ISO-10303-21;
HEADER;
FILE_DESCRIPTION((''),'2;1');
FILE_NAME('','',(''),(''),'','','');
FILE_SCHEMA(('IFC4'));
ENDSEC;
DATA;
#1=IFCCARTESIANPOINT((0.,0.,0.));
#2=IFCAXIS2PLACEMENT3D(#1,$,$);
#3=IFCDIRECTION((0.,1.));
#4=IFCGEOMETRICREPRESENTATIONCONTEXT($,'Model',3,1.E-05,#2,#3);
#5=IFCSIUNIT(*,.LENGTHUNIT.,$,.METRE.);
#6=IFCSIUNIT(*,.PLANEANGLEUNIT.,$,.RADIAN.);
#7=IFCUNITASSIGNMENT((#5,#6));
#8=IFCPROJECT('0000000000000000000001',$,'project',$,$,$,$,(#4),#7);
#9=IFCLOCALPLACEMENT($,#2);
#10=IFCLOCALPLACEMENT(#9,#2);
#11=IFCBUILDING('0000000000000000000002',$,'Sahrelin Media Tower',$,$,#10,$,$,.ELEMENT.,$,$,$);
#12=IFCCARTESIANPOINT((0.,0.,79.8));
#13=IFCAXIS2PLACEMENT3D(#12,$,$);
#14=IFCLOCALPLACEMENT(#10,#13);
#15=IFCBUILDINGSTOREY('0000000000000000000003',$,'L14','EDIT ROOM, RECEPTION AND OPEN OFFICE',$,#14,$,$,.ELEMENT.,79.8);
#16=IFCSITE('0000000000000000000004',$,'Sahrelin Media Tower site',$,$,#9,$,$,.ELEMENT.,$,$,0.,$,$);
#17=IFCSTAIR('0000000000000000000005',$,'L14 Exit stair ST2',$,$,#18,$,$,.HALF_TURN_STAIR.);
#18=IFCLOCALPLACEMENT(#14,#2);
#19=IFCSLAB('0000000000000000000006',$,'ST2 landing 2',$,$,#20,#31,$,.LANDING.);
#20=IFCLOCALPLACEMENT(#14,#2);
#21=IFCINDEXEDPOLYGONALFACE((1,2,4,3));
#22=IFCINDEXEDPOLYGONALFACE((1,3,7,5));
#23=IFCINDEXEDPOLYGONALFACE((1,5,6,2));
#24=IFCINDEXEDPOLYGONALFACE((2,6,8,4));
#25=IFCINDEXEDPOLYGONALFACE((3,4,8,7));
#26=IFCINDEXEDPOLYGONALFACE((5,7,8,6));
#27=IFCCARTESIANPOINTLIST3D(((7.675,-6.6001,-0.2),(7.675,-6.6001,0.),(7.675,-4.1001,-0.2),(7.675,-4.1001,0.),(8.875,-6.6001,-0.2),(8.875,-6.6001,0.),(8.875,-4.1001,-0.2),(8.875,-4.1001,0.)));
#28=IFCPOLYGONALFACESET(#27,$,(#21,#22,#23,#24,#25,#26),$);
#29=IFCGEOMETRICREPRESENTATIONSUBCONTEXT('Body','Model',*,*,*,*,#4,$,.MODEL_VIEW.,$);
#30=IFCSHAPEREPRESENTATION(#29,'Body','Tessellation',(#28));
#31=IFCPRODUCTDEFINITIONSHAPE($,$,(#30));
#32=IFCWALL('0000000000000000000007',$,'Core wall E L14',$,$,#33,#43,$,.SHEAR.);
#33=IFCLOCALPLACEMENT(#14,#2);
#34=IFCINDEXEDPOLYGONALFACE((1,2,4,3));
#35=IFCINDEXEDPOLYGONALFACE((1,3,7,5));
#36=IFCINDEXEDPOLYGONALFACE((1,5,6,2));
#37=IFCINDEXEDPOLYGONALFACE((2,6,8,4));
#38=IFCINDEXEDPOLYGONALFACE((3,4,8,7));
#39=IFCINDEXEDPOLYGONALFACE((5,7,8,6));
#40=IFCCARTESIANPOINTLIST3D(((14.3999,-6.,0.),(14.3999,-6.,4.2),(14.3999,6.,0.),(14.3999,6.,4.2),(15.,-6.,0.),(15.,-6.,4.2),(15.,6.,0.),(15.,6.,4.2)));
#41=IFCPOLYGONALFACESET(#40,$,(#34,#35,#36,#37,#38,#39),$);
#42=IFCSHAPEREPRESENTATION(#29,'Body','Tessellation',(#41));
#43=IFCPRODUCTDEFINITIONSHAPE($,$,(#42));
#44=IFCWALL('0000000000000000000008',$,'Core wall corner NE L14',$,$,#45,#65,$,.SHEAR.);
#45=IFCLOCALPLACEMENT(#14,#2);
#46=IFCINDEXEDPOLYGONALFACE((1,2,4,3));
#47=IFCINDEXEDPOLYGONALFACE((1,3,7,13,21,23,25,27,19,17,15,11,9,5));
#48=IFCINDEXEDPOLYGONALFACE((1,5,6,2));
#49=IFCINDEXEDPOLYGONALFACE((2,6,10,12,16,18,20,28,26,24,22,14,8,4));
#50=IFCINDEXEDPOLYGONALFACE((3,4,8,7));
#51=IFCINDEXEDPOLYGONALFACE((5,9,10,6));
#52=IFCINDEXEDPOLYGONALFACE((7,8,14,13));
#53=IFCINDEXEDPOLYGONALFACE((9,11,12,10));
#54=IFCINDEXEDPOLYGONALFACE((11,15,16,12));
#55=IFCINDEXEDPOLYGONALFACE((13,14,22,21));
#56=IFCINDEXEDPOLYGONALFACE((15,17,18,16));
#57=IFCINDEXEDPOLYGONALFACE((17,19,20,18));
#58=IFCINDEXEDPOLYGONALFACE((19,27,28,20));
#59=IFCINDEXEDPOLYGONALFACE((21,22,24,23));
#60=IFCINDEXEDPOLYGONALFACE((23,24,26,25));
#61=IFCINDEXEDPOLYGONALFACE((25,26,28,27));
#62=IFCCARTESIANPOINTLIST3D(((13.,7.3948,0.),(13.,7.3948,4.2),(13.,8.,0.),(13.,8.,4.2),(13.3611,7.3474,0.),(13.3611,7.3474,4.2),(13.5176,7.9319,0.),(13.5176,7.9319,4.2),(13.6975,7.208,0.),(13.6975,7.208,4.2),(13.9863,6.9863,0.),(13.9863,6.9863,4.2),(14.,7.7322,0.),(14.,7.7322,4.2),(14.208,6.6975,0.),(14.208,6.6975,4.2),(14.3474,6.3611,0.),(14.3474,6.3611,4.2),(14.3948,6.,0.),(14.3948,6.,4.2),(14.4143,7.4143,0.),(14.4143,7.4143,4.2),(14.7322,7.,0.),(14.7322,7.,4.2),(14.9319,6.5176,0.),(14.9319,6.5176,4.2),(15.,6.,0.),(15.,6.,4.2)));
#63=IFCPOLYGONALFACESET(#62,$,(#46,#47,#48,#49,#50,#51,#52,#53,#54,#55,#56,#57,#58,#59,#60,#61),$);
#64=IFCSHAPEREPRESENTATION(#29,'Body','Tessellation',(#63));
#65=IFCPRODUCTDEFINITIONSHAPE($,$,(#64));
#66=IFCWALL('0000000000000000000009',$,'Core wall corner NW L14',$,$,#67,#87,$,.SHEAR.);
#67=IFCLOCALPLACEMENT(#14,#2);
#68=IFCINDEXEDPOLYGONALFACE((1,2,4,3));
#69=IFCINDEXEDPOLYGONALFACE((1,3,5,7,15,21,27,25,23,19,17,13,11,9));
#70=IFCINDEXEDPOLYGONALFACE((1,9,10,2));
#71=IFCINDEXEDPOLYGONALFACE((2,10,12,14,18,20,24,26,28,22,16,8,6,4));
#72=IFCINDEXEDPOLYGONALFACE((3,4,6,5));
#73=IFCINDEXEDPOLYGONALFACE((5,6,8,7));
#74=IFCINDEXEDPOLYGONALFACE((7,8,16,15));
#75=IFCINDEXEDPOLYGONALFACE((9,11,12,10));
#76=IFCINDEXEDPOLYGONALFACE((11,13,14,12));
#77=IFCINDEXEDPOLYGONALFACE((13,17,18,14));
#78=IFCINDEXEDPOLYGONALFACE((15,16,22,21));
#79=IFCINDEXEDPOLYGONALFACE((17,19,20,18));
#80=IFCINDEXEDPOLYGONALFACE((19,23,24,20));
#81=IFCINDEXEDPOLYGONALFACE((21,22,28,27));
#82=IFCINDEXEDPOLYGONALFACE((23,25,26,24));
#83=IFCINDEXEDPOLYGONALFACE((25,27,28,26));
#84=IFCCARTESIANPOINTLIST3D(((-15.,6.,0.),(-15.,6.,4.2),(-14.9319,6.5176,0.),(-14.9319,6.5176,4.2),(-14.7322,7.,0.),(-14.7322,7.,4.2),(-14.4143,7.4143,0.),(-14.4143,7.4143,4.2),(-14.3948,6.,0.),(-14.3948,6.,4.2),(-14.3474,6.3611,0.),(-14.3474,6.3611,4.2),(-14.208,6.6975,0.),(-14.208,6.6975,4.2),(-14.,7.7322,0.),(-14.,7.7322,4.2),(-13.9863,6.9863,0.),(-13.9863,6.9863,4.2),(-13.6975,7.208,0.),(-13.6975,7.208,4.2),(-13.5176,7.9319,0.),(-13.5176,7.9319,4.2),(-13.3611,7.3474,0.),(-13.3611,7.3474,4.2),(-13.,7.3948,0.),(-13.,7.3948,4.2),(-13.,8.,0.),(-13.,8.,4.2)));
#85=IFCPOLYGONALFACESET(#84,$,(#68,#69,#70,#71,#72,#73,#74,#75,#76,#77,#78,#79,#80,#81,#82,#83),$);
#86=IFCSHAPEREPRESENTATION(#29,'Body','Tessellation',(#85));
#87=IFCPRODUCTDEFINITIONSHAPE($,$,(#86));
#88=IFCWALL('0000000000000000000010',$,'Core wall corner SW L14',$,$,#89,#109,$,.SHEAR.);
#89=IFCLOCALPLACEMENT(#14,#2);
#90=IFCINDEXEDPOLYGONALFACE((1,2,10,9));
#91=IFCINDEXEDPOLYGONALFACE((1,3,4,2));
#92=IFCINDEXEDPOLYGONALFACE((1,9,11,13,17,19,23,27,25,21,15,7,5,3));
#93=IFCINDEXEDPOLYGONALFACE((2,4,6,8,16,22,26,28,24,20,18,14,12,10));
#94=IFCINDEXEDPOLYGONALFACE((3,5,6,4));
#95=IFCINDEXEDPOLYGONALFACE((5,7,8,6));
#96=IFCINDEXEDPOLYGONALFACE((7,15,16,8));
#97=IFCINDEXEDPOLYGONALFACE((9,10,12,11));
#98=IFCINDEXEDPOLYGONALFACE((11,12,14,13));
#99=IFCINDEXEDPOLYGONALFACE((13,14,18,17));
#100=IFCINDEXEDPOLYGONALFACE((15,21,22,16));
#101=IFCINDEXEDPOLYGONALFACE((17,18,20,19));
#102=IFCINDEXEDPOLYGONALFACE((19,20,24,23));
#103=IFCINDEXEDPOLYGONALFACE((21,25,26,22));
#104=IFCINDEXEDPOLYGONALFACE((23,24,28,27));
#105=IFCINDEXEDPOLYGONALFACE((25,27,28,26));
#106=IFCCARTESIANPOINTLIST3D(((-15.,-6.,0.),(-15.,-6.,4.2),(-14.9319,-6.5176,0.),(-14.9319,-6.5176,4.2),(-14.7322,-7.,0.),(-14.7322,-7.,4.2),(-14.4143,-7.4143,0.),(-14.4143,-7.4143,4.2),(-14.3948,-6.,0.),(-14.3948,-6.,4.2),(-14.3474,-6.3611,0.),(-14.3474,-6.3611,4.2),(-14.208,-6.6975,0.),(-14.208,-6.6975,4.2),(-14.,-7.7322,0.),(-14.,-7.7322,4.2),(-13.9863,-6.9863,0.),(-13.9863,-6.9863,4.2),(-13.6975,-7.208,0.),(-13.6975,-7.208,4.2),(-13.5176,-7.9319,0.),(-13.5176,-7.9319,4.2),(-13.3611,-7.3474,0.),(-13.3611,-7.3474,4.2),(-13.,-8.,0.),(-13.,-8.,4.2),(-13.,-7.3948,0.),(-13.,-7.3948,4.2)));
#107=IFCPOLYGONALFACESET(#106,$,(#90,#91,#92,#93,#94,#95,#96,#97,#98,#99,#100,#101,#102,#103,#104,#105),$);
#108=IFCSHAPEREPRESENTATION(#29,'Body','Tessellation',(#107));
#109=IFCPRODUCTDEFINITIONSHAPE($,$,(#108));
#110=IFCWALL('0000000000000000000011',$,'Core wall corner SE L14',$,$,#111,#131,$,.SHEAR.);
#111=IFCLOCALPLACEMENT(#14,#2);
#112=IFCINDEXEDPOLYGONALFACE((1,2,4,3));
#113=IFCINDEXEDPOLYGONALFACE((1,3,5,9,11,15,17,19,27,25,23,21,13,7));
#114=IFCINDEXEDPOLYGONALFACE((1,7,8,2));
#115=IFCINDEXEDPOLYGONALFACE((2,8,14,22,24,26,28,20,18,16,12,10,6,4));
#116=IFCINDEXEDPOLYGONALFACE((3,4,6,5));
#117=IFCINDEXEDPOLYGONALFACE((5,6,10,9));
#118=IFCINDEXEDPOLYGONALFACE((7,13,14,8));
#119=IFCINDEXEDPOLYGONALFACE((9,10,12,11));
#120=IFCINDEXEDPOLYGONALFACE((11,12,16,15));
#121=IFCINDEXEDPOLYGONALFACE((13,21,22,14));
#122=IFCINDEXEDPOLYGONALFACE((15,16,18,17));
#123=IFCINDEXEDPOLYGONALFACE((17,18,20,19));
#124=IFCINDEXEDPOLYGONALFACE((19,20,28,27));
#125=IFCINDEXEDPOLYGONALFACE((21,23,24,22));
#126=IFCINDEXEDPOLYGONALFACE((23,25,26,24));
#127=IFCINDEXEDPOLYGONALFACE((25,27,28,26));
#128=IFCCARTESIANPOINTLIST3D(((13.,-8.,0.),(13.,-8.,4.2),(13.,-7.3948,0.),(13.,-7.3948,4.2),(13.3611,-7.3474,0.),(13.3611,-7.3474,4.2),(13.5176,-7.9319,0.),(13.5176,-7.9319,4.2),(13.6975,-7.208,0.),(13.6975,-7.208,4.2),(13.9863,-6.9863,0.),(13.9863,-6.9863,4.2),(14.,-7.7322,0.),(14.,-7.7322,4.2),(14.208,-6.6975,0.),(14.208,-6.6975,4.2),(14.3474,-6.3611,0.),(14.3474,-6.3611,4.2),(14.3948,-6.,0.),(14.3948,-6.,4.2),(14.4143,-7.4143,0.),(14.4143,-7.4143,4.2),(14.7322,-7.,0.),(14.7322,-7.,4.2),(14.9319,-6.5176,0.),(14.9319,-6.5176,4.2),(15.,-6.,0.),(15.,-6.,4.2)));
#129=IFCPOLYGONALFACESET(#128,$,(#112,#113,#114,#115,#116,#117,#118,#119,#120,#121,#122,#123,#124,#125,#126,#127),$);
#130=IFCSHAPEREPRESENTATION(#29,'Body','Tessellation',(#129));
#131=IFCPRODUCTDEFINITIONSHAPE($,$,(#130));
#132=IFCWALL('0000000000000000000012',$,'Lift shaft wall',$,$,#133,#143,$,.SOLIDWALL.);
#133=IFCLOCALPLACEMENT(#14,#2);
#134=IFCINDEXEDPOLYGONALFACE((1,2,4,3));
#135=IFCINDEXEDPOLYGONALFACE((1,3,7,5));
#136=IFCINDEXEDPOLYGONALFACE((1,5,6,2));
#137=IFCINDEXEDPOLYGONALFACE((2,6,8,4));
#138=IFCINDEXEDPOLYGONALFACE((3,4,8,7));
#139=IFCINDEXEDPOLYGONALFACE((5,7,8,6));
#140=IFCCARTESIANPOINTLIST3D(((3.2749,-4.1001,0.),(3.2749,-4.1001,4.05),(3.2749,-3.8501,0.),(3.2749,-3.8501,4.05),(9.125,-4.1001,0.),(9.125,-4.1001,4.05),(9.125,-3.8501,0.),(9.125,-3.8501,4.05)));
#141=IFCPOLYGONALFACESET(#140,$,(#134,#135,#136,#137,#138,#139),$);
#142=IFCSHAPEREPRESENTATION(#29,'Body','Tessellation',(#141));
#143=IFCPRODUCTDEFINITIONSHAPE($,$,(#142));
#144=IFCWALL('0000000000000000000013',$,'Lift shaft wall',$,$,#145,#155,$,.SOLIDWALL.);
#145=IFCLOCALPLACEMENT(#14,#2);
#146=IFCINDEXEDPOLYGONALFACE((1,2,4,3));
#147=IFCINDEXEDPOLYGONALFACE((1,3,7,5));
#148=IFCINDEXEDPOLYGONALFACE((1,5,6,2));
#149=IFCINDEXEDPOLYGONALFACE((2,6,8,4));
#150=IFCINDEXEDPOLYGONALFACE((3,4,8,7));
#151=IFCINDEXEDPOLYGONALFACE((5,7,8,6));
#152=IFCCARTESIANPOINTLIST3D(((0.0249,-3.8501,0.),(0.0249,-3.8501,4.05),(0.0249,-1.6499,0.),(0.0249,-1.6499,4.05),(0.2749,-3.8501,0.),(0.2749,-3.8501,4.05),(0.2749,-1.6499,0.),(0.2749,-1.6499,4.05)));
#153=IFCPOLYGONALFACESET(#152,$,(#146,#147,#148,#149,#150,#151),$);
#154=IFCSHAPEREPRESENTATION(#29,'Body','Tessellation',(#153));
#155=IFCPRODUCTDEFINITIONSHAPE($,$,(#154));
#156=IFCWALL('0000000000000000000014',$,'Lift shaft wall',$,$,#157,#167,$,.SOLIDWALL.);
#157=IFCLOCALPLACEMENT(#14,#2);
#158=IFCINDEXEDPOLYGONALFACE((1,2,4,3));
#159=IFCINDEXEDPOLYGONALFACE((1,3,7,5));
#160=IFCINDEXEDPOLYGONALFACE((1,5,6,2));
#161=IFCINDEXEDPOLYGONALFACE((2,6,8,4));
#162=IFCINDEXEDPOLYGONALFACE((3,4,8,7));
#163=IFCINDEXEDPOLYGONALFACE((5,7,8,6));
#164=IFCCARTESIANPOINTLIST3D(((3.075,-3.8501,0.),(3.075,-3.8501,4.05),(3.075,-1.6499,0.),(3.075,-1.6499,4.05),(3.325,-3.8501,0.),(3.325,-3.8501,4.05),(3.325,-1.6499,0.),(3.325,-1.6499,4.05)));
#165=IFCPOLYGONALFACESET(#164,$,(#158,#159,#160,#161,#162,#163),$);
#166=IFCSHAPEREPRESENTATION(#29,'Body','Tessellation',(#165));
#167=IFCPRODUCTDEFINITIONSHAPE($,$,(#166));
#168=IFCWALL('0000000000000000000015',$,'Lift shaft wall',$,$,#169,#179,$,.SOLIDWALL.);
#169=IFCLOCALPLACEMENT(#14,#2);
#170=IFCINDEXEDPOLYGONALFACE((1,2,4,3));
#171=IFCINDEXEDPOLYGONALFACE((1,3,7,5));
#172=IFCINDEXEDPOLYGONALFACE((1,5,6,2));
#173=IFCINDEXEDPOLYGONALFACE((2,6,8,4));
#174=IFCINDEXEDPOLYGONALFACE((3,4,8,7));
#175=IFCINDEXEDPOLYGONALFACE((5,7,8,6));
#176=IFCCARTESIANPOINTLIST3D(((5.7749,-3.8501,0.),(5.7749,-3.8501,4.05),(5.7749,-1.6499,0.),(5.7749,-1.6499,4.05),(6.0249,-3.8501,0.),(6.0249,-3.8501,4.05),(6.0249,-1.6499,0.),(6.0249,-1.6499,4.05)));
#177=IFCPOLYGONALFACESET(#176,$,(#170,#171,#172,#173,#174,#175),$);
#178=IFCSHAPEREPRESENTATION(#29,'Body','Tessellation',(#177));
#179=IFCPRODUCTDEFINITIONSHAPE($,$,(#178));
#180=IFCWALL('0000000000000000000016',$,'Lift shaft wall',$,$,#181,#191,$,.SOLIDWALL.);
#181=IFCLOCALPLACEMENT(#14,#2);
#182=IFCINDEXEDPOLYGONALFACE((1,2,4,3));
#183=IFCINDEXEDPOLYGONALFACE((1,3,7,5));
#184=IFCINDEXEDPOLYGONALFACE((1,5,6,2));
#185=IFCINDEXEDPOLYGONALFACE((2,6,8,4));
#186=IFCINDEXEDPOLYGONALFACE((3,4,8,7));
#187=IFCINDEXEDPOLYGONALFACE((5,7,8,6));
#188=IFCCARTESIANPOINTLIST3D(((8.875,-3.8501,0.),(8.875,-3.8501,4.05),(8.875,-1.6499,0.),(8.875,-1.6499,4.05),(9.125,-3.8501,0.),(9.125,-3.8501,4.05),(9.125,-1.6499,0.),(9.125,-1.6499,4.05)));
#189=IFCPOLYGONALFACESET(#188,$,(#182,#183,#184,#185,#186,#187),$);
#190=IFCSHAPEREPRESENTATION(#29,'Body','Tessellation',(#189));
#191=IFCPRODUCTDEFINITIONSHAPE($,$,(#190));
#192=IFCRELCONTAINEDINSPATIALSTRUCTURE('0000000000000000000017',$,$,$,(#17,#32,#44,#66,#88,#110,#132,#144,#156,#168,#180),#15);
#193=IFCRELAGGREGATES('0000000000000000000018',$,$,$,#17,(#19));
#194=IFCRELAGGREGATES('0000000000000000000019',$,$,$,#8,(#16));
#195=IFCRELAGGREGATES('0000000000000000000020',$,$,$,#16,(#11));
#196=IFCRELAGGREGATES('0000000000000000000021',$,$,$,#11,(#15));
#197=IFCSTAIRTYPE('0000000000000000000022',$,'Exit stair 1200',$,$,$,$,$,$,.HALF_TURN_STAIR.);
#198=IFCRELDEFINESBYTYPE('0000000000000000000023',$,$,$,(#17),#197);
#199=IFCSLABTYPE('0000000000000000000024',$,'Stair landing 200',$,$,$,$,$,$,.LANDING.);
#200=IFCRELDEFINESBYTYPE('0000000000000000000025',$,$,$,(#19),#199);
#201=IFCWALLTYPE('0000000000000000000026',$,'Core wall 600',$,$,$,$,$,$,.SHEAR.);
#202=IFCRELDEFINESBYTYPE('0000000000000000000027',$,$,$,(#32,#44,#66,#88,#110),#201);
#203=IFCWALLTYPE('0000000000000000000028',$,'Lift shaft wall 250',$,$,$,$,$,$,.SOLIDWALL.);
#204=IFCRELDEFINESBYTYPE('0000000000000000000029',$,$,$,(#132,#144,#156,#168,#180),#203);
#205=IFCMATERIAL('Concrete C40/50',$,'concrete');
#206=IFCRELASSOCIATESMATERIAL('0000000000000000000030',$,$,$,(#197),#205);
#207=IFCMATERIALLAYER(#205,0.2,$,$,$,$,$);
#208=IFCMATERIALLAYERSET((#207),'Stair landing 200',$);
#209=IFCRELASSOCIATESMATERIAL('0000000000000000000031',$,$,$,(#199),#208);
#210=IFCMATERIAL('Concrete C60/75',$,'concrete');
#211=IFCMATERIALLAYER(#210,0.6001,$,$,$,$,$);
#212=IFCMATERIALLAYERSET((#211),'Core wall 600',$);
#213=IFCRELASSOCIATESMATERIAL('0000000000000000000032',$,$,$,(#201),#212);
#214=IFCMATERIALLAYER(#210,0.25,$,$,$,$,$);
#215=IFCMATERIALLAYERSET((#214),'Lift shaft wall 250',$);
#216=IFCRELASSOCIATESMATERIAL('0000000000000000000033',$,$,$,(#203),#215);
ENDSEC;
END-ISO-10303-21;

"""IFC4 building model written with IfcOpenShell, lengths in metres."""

from ifc_helpers import new_model, si_unit, direction, frame, frame_2d, origin, place, context, subcontext, project, spatial, polyline, rectangle, outline, extrude, material, layer, layer_set, type_object, element, aggregate, save


model = new_model("IFC4")

# Units and contexts
model_context = context("Model", 3, precision=1e-05, world=origin(), true_north=direction((0.0, 1.0)))
body_context = subcontext(model_context, "Body", "Model", "MODEL_VIEW")
ifc_project = project(units=[si_unit("LENGTHUNIT", "METRE"), si_unit("PLANEANGLEUNIT", "RADIAN")], contexts=[model_context])

# Site, building, storey
site_placement = place(None, origin())
site = spatial("IfcSite", under=ifc_project, at=site_placement, Name="Sahrelin Media Tower site", CompositionType="ELEMENT", RefElevation=0.0)
building_placement = place(site_placement, origin())
building = spatial("IfcBuilding", under=site, at=building_placement, Name="Sahrelin Media Tower", CompositionType="ELEMENT")
storey_placement = place(building_placement, frame((0.0, 0.0, 79.8)))
storey = spatial("IfcBuildingStorey", under=building, at=storey_placement, Name="L14", Description="EDIT ROOM, RECEPTION AND OPEN OFFICE", CompositionType="ELEMENT", Elevation=79.8)

# Shared definitions
ifc_material_1 = material(Name="Concrete C40/50", Category="concrete")

# Stair, slab
stair_type = type_object("IfcStairType", Name="Exit stair 1200", PredefinedType="HALF_TURN_STAIR", material=ifc_material_1)
placement_1 = place(storey_placement, origin())
ifc_layer_1 = layer(ifc_material_1, 0.2)
ifc_layer_set_1 = layer_set([ifc_layer_1], Name="Stair landing 200")
slab_type_1 = type_object("IfcSlabType", Name="Stair landing 200", PredefinedType="LANDING", material=ifc_layer_set_1)
placement_2 = place(storey_placement, frame((0.0, 0.0, -0.2)))
stair_1 = element("IfcStair", 1, at=placement_1, inside=storey, type_object=stair_type, Name="L14 Exit stair ST2", PredefinedType="HALF_TURN_STAIR")
slab_1 = element("IfcSlab", 2, at=placement_2, type_object=slab_type_1, Name="ST2 landing 2", PredefinedType="LANDING", context=body_context, shape_type="SweptSolid", body=[
    extrude(outline(polyline([(8.875, -4.1001), (7.675, -4.1001), (7.675, -6.6001), (8.875, -6.6001), (8.875, -4.1001)])), origin(), (0.0, 0.0, 1.0), 0.2),
])
aggregate(stair_1, [slab_1])

# Walls
ifc_material_2 = material(Name="Concrete C60/75", Category="concrete")
ifc_layer_2 = layer(ifc_material_2, 0.6001)
ifc_layer_set_2 = layer_set([ifc_layer_2], Name="Core wall 600")
wall_type_1 = type_object("IfcWallType", Name="Core wall 600", PredefinedType="SHEAR", material=ifc_layer_set_2)
wall_1_placement = place(storey_placement, frame((14.7, -6.0, 0.0), z_axis=(0.0, 0.0, 1.0), x_axis=(0.0, 1.0, 0.0)))
element("IfcWall", 3, at=wall_1_placement, inside=storey, type_object=wall_type_1, Name="Core wall E L14", PredefinedType="SHEAR", context=body_context, shape_type="SweptSolid", body=[
    extrude(rectangle(XDim=12.0, YDim=0.6001, at=frame_2d((6.0, 0.0))), origin(), (0.0, 0.0, 1.0), 4.2),
])
element("IfcWall", 4, at=placement_1, inside=storey, type_object=wall_type_1, Name="Core wall corner NE L14", PredefinedType="SHEAR", context=body_context, shape_type="SweptSolid", body=[
    extrude(outline(polyline([(13.0, 8.0), (13.0, 7.3948), (13.3611, 7.3474), (13.6975, 7.208), (13.9863, 6.9863), (14.208, 6.6975), (14.3474, 6.3611), (14.3948, 6.0), (15.0, 6.0), (14.9319, 6.5176), (14.7322, 7.0), (14.4143, 7.4143), (14.0, 7.7322), (13.5176, 7.9319), (13.0, 8.0)])), origin(), (0.0, 0.0, 1.0), 4.2),
])
element("IfcWall", 5, at=placement_1, inside=storey, type_object=wall_type_1, Name="Core wall corner NW L14", PredefinedType="SHEAR", context=body_context, shape_type="SweptSolid", body=[
    extrude(outline(polyline([(-15.0, 6.0), (-14.3948, 6.0), (-14.3474, 6.3611), (-14.208, 6.6975), (-13.9863, 6.9863), (-13.6975, 7.208), (-13.3611, 7.3474), (-13.0, 7.3948), (-13.0, 8.0), (-13.5176, 7.9319), (-14.0, 7.7322), (-14.4143, 7.4143), (-14.7322, 7.0), (-14.9319, 6.5176), (-15.0, 6.0)])), origin(), (0.0, 0.0, 1.0), 4.2),
])
element("IfcWall", 6, at=placement_1, inside=storey, type_object=wall_type_1, Name="Core wall corner SW L14", PredefinedType="SHEAR", context=body_context, shape_type="SweptSolid", body=[
    extrude(outline(polyline([(-13.0, -8.0), (-13.0, -7.3948), (-13.3611, -7.3474), (-13.6975, -7.208), (-13.9863, -6.9863), (-14.208, -6.6975), (-14.3474, -6.3611), (-14.3948, -6.0), (-15.0, -6.0), (-14.9319, -6.5176), (-14.7322, -7.0), (-14.4143, -7.4143), (-14.0, -7.7322), (-13.5176, -7.9319), (-13.0, -8.0)])), origin(), (0.0, 0.0, 1.0), 4.2),
])
element("IfcWall", 7, at=placement_1, inside=storey, type_object=wall_type_1, Name="Core wall corner SE L14", PredefinedType="SHEAR", context=body_context, shape_type="SweptSolid", body=[
    extrude(outline(polyline([(15.0, -6.0), (14.3948, -6.0), (14.3474, -6.3611), (14.208, -6.6975), (13.9863, -6.9863), (13.6975, -7.208), (13.3611, -7.3474), (13.0, -7.3948), (13.0, -8.0), (13.5176, -7.9319), (14.0, -7.7322), (14.4143, -7.4143), (14.7322, -7.0), (14.9319, -6.5176), (15.0, -6.0)])), origin(), (0.0, 0.0, 1.0), 4.2),
])
ifc_layer_3 = layer(ifc_material_2, 0.25)
ifc_layer_set_3 = layer_set([ifc_layer_3], Name="Lift shaft wall 250")
wall_type_2 = type_object("IfcWallType", Name="Lift shaft wall 250", PredefinedType="SOLIDWALL", material=ifc_layer_set_3)
wall_2_placement = place(storey_placement, frame((3.2749, -3.9751, 0.0), z_axis=(0.0, 0.0, 1.0), x_axis=(1.0, 0.0, 0.0)))
element("IfcWall", 8, at=wall_2_placement, inside=storey, type_object=wall_type_2, Name="Lift shaft wall", PredefinedType="SOLIDWALL", context=body_context, shape_type="SweptSolid", body=[
    extrude(rectangle(XDim=5.8501, YDim=0.25, at=frame_2d((2.925, 0.0))), origin(), (0.0, 0.0, 1.0), 4.05),
])
for number, where, z_axis, x_axis, name in (
    (9, (0.1499, -3.8501, 0.0), (0.0, 0.0, 1.0), (0.0, 1.0, 0.0), "Lift shaft wall"),
    (10, (3.2, -3.8501, 0.0), (0.0, 0.0, 1.0), (0.0, 1.0, 0.0), "Lift shaft wall"),
    (11, (5.8999, -3.8501, 0.0), (0.0, 0.0, 1.0), (0.0, 1.0, 0.0), "Lift shaft wall"),
    (12, (9.0, -3.8501, 0.0), (0.0, 0.0, 1.0), (0.0, 1.0, 0.0), "Lift shaft wall"),
):
    element("IfcWall", number, at=place(storey_placement, frame(where, z_axis=z_axis, x_axis=x_axis)), inside=storey, type_object=wall_type_2, Name=name, PredefinedType="SOLIDWALL", context=body_context, shape_type="SweptSolid", body=[
        extrude(rectangle(XDim=2.2002, YDim=0.25, at=frame_2d((1.1001, 0.0))), origin(), (0.0, 0.0, 1.0), 4.05),
    ])

save(model, "model.ifc")
